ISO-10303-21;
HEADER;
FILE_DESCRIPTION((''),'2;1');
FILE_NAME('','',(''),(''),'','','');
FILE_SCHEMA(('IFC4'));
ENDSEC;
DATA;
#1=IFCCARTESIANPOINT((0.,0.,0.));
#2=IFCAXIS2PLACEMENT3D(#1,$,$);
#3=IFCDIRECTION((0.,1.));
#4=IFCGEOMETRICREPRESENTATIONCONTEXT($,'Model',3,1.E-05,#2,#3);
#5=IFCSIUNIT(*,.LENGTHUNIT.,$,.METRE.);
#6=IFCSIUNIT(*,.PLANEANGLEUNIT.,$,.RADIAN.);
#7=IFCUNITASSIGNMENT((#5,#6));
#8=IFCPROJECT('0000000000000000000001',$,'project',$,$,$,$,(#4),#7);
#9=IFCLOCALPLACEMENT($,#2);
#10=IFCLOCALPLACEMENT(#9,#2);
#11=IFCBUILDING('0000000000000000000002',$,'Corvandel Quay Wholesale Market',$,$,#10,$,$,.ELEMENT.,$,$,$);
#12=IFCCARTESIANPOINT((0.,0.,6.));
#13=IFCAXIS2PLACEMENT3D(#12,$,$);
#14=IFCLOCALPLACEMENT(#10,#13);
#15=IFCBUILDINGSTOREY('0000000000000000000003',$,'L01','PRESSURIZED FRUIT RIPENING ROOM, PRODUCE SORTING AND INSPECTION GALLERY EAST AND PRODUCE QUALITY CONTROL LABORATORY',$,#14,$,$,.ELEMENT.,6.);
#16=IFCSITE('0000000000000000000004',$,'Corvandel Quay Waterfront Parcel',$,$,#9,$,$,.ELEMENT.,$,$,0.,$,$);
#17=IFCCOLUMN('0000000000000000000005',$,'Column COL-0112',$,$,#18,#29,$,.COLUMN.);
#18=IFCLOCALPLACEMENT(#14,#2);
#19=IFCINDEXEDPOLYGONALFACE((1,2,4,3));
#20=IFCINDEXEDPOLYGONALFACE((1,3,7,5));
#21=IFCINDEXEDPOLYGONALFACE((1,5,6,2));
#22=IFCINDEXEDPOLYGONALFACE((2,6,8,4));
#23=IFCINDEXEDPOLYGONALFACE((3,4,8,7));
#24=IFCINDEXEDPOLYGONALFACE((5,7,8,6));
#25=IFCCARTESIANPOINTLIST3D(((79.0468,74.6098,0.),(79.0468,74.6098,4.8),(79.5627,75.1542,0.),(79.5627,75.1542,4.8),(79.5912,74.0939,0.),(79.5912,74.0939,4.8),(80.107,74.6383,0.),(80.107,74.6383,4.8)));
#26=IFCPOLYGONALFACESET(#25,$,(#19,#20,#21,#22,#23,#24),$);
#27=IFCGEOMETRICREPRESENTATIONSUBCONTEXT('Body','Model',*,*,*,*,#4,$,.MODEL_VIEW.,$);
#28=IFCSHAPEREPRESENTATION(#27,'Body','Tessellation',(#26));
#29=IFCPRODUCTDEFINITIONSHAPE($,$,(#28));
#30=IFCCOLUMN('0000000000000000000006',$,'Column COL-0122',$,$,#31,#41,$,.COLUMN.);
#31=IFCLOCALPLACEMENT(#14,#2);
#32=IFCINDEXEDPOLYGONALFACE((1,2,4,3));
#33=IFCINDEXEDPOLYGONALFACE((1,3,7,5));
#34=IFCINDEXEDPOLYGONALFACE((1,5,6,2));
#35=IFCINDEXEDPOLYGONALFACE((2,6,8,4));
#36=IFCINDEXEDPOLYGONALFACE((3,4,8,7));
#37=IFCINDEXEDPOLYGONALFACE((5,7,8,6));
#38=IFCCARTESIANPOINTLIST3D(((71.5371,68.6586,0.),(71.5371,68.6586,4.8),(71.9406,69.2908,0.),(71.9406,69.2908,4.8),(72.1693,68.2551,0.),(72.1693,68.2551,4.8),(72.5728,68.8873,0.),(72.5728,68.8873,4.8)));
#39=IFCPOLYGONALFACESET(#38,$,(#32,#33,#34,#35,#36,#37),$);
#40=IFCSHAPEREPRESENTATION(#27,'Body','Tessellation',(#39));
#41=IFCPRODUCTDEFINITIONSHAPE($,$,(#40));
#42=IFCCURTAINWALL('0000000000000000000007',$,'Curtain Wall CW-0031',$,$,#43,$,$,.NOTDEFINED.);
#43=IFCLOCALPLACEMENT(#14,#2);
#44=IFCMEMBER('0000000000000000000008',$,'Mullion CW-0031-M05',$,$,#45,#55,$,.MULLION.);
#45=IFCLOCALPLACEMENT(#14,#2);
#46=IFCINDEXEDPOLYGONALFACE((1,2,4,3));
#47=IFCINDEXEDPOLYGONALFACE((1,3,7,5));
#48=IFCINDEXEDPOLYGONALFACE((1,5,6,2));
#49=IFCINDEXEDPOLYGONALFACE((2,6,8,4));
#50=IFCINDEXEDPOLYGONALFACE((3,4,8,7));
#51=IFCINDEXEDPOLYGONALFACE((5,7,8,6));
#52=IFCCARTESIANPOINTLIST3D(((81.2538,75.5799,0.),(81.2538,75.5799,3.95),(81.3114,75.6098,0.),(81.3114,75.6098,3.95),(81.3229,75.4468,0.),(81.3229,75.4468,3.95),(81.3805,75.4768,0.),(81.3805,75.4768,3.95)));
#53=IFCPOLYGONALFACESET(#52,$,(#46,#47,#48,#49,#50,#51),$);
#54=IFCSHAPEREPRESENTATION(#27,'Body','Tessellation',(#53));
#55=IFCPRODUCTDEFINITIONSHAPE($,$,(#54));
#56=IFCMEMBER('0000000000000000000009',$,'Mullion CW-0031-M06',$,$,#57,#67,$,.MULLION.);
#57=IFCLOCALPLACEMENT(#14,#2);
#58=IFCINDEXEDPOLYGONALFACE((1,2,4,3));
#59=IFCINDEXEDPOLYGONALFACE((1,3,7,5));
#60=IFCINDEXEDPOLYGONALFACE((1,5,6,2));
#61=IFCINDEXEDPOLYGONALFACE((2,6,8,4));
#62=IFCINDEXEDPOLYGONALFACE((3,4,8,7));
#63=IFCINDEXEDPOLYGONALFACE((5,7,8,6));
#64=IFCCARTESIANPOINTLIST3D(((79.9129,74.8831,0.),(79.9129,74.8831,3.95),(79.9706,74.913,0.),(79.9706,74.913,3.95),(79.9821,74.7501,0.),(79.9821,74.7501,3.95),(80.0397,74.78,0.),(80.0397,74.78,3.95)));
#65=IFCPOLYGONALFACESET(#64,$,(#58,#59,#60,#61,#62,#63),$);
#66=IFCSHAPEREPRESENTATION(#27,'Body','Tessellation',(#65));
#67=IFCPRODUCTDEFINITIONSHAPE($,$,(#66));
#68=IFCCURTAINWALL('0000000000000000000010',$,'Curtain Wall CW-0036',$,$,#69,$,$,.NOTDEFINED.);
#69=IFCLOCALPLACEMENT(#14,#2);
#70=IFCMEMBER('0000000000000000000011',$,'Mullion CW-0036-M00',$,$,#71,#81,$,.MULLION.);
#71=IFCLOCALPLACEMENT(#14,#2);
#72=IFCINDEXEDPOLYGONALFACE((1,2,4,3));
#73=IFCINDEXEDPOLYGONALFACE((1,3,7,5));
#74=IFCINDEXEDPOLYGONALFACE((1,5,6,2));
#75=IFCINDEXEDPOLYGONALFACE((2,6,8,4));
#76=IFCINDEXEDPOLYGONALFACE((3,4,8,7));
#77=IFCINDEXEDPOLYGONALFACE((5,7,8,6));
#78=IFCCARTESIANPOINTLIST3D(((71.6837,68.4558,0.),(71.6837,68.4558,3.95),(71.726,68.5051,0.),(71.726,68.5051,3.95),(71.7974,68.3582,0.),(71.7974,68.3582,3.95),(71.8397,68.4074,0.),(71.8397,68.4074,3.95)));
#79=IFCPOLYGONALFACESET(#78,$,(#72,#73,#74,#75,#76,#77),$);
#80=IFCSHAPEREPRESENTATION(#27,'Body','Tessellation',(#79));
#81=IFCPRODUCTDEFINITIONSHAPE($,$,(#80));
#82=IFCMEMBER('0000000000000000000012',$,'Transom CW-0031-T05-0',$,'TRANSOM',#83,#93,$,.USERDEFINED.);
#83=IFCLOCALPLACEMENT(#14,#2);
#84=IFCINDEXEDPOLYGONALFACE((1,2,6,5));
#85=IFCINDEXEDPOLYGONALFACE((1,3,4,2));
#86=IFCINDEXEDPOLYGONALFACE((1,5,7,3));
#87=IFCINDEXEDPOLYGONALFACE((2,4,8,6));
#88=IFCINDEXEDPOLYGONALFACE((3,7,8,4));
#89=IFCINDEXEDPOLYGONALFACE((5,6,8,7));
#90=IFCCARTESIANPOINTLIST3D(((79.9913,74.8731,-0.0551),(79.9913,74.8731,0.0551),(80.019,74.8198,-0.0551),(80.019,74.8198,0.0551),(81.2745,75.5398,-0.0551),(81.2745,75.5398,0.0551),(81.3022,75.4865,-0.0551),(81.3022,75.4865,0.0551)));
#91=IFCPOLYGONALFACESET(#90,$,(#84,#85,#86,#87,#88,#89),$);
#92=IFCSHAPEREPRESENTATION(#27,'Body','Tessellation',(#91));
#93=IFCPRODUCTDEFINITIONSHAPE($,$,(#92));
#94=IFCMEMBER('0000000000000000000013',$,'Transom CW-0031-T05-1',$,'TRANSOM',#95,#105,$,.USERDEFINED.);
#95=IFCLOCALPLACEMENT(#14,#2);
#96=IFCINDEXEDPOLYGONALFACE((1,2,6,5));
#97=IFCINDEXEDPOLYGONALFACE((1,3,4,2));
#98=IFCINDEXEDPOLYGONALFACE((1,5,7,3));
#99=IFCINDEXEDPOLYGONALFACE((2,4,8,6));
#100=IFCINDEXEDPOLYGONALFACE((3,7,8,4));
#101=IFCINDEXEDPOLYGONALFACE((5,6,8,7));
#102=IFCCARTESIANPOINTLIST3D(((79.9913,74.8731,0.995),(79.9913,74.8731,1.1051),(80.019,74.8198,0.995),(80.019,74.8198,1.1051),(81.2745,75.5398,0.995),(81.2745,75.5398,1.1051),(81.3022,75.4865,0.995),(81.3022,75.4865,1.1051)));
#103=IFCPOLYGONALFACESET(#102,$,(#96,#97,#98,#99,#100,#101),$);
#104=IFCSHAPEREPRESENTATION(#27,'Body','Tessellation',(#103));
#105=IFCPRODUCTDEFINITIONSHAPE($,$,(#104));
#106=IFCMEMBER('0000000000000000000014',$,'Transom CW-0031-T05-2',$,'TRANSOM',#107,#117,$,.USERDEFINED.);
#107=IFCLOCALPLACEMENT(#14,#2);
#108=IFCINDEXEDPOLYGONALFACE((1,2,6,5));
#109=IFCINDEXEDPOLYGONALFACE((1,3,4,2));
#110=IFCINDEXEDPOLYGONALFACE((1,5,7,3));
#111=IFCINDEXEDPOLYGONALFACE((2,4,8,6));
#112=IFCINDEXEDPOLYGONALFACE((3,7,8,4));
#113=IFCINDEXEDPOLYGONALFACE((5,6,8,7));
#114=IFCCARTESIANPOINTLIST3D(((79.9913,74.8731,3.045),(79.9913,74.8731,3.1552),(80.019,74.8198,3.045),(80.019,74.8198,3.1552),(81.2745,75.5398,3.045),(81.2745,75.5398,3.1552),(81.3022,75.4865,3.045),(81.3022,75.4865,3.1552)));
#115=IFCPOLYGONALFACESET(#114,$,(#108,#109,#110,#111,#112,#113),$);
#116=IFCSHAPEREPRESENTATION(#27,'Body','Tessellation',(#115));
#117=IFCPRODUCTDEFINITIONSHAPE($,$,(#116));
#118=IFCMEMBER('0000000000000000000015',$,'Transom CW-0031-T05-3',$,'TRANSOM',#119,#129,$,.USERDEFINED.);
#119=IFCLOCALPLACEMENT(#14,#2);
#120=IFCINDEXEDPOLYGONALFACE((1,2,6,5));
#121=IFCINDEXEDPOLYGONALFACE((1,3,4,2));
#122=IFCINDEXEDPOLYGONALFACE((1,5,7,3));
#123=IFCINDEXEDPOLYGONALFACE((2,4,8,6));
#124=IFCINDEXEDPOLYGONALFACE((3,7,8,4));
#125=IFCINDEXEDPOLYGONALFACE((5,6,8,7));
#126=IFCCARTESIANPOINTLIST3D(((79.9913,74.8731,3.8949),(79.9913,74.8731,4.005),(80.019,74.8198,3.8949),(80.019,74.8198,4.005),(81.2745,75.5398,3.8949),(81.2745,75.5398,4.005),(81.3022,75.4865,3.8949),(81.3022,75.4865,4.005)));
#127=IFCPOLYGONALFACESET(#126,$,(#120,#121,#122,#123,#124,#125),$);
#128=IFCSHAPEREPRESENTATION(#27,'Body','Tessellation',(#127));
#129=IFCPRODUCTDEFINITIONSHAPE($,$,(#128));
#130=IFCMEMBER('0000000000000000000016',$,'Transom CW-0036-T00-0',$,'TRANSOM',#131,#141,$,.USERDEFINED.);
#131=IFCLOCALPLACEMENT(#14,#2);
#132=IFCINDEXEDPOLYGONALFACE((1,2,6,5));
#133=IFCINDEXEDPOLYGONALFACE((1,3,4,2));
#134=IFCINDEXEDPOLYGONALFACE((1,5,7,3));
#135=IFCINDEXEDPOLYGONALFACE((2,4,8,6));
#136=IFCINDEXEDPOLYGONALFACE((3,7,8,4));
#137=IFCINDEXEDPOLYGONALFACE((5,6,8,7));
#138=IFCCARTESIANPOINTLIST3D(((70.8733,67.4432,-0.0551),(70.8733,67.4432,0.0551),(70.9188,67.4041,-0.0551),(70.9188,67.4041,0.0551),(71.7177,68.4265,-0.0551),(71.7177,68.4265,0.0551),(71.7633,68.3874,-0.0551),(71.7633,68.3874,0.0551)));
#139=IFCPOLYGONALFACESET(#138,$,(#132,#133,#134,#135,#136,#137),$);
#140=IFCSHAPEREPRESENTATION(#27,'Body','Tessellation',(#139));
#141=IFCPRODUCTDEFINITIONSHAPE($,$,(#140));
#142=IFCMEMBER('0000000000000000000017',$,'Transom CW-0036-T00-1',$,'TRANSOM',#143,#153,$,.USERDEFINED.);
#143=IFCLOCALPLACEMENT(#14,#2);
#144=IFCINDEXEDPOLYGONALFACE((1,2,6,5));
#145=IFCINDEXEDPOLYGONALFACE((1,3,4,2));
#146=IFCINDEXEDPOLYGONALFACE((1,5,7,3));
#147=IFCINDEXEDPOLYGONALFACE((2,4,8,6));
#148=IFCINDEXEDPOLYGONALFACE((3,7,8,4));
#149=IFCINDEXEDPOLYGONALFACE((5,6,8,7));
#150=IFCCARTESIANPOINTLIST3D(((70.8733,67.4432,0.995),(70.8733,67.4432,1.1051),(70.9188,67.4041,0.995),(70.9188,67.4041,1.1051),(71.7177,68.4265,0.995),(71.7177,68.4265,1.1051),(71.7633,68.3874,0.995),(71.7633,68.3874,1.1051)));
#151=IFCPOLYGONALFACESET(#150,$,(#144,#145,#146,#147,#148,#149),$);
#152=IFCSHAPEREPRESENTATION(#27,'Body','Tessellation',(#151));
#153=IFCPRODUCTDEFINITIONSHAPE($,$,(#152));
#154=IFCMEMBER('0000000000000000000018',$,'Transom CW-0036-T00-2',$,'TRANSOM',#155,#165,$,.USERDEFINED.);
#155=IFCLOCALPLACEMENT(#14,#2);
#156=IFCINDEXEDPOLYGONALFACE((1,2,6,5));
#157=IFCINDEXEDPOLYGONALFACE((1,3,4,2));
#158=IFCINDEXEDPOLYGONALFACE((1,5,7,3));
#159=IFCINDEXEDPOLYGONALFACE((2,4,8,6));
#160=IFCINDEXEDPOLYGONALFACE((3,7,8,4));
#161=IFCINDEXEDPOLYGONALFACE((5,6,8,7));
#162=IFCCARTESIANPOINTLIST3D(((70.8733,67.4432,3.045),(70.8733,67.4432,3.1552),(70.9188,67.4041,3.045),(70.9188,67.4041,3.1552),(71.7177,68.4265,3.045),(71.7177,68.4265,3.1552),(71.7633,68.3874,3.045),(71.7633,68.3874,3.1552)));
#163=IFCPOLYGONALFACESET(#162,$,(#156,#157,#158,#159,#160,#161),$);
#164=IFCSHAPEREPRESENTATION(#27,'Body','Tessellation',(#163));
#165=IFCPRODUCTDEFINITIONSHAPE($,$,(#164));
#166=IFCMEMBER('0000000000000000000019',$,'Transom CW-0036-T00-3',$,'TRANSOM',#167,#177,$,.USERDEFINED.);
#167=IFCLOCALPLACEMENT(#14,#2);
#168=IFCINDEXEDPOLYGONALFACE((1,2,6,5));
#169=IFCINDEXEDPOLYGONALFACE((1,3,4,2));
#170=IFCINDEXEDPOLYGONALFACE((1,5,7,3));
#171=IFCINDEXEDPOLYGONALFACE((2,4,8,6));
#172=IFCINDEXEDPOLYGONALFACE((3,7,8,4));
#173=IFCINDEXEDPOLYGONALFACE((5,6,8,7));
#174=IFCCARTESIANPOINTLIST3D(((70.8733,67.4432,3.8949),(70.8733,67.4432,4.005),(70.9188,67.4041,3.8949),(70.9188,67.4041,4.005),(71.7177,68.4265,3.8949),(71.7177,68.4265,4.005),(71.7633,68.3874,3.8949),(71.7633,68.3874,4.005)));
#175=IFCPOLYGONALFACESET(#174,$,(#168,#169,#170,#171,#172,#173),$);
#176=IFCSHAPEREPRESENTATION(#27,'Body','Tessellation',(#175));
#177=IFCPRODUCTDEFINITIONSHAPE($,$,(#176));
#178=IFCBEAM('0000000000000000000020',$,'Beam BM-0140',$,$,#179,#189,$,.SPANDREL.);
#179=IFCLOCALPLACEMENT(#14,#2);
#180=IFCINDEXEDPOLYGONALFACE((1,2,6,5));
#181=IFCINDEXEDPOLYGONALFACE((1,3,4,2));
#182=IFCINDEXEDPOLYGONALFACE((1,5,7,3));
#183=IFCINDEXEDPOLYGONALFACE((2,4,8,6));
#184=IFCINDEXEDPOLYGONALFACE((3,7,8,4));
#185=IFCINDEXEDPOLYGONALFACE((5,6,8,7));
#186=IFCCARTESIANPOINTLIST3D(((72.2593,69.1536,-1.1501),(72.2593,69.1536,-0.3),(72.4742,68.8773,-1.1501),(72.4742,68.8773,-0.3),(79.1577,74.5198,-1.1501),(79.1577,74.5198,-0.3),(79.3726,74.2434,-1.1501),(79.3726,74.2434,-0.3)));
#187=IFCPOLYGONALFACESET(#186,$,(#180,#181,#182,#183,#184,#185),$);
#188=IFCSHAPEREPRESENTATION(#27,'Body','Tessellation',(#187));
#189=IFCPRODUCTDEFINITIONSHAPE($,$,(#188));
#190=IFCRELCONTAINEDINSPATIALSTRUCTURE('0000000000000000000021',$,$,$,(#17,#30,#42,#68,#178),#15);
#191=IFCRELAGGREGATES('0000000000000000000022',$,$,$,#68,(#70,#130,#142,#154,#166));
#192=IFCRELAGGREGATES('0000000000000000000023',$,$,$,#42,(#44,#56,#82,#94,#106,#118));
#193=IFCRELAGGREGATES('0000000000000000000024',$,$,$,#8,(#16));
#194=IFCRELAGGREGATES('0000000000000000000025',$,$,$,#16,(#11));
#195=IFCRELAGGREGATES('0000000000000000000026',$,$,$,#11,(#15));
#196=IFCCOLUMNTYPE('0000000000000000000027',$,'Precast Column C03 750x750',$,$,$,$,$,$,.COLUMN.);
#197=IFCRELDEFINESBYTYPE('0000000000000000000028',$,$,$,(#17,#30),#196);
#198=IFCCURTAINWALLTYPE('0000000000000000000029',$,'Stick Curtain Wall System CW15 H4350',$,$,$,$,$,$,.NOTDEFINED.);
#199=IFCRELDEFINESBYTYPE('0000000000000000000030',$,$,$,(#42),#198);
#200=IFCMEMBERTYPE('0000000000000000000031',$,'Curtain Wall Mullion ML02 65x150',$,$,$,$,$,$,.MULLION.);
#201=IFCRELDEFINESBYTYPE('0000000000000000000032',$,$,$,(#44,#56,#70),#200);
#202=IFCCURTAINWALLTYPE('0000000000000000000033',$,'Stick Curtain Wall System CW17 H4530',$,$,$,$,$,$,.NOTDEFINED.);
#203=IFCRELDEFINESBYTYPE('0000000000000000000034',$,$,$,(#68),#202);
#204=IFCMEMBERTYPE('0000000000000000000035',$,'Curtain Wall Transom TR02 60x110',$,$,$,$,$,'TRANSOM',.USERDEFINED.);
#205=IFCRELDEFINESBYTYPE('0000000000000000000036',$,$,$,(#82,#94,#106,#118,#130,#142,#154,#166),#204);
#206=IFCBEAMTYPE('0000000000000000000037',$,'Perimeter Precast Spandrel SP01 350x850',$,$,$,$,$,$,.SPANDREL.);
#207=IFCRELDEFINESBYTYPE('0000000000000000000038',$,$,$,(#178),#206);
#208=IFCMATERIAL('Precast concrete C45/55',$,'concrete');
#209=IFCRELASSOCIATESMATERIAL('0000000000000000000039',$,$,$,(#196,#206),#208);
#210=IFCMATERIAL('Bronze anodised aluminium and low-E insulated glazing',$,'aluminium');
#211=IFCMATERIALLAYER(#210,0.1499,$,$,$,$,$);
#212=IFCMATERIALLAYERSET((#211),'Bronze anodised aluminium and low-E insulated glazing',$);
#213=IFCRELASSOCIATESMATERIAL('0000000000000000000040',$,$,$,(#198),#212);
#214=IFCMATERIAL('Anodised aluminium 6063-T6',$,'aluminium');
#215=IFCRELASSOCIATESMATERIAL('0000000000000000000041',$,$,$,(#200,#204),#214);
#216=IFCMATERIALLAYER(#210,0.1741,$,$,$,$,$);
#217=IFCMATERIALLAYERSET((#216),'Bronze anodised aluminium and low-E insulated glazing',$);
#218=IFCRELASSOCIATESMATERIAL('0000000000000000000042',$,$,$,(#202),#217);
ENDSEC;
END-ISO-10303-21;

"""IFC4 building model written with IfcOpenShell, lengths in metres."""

from ifc_helpers import new_model, si_unit, direction, frame, origin, origin_2d, place, context, subcontext, project, spatial, rectangle, extrude, material, layer, layer_set, material_profile, profile_set, type_object, element, aggregate, save


model = new_model("IFC4")

# Units and contexts
model_context = context("Model", 3, precision=1e-05, world=origin(), true_north=direction((0.0, 1.0)))
body_context = subcontext(model_context, "Body", "Model", "MODEL_VIEW")
ifc_project = project(units=[si_unit("LENGTHUNIT", "METRE"), si_unit("PLANEANGLEUNIT", "RADIAN")], contexts=[model_context])

# Site, building, storey
site_placement = place(None, origin())
site = spatial("IfcSite", under=ifc_project, at=site_placement, Name="Corvandel Quay Waterfront Parcel", CompositionType="ELEMENT", RefElevation=0.0)
building_placement = place(site_placement, origin())
building = spatial("IfcBuilding", under=site, at=building_placement, Name="Corvandel Quay Wholesale Market", CompositionType="ELEMENT")
storey_placement = place(building_placement, frame((0.0, 0.0, 6.0)))
storey = spatial("IfcBuildingStorey", under=building, at=storey_placement, Name="L01", Description="PRESSURIZED FRUIT RIPENING ROOM, PRODUCE SORTING AND INSPECTION GALLERY EAST AND PRODUCE QUALITY CONTROL LABORATORY", CompositionType="ELEMENT", Elevation=6.0)

# Columns
ifc_material_1 = material(Name="Precast concrete C45/55", Category="concrete")
ifc_material_profile_1 = material_profile(ifc_material_1, rectangle(XDim=0.75, YDim=0.75, at=origin_2d()), Name="PC-COL-750x750")
ifc_profile_set_1 = profile_set([ifc_material_profile_1], Name="Precast concrete C45/55")
column_type = type_object("IfcColumnType", Name="Precast Column C03 750x750", PredefinedType="COLUMN", material=ifc_profile_set_1)
for number, where, z_axis, x_axis, name in (
    (1, (79.5769, 74.624, 0.0), (0.0, 0.0, 1.0), (0.687848, 0.725855, 0.0), "Column COL-0112"),
    (2, (72.0549, 68.7729, 0.0), (0.0, 0.0, 1.0), (0.538035, 0.842922, 0.0), "Column COL-0122"),
):
    element("IfcColumn", number, at=place(storey_placement, frame(where, z_axis=z_axis, x_axis=x_axis)), inside=storey, type_object=column_type, Name=name, PredefinedType="COLUMN", context=body_context, shape_type="SweptSolid", body=[
        extrude(rectangle(XDim=0.75, YDim=0.75, at=origin_2d()), origin(), (0.0, 0.0, 1.0), 4.8),
    ])

# Curtain wall, members
ifc_material_2 = material(Name="Bronze anodised aluminium and low-E insulated glazing", Category="aluminium")
ifc_layer_1 = layer(ifc_material_2, 0.1499)
ifc_layer_set_1 = layer_set([ifc_layer_1], Name="Bronze anodised aluminium and low-E insulated glazing")
curtain_wall_type_1 = type_object("IfcCurtainWallType", Name="Stick Curtain Wall System CW15 H4350", PredefinedType="NOTDEFINED", material=ifc_layer_set_1)
curtain_wall_1_placement = place(storey_placement, origin())
curtain_wall_1 = element("IfcCurtainWall", 3, at=curtain_wall_1_placement, inside=storey, type_object=curtain_wall_type_1, Name="Curtain Wall CW-0031", PredefinedType="NOTDEFINED")
ifc_material_3 = material(Name="Anodised aluminium 6063-T6", Category="aluminium")
ifc_material_profile_2 = material_profile(ifc_material_3, rectangle(XDim=0.0649, YDim=0.1499, at=origin_2d()), Name="ALU-MUL-65x150")
ifc_profile_set_2 = profile_set([ifc_material_profile_2], Name="Anodised aluminium 6063-T6")
member_type_1 = type_object("IfcMemberType", Name="Curtain Wall Mullion ML02 65x150", PredefinedType="MULLION", material=ifc_profile_set_2)
member_1_placement = place(storey_placement, frame((81.3171, 75.5283, 0.0), z_axis=(0.0, 0.0, 1.0), x_axis=(0.887333, 0.461129, 0.0)))
member_1 = element("IfcMember", 4, at=member_1_placement, type_object=member_type_1, Name="Mullion CW-0031-M05", PredefinedType="MULLION", context=body_context, shape_type="SweptSolid", body=[
    extrude(rectangle(XDim=0.0649, YDim=0.1499, at=origin_2d()), origin(), (0.0, 0.0, 1.0), 3.95),
])
member_2_placement = place(storey_placement, frame((79.9763, 74.8315, 0.0), z_axis=(0.0, 0.0, 1.0), x_axis=(0.887333, 0.461129, 0.0)))
member_2 = element("IfcMember", 5, at=member_2_placement, type_object=member_type_1, Name="Mullion CW-0031-M06", PredefinedType="MULLION", context=body_context, shape_type="SweptSolid", body=[
    extrude(rectangle(XDim=0.0649, YDim=0.1499, at=origin_2d()), origin(), (0.0, 0.0, 1.0), 3.95),
])

# Curtain wall, member
ifc_layer_2 = layer(ifc_material_2, 0.1741)
ifc_layer_set_2 = layer_set([ifc_layer_2], Name="Bronze anodised aluminium and low-E insulated glazing")
curtain_wall_type_2 = type_object("IfcCurtainWallType", Name="Stick Curtain Wall System CW17 H4530", PredefinedType="NOTDEFINED", material=ifc_layer_set_2)
curtain_wall_2_placement = place(storey_placement, origin())
curtain_wall_2 = element("IfcCurtainWall", 6, at=curtain_wall_2_placement, inside=storey, type_object=curtain_wall_type_2, Name="Curtain Wall CW-0036", PredefinedType="NOTDEFINED")
member_3_placement = place(storey_placement, frame((71.7617, 68.4316, 0.0), z_axis=(0.0, 0.0, 1.0), x_axis=(0.651569, 0.758589, 0.0)))
member_3 = element("IfcMember", 7, at=member_3_placement, type_object=member_type_1, Name="Mullion CW-0036-M00", PredefinedType="MULLION", context=body_context, shape_type="SweptSolid", body=[
    extrude(rectangle(XDim=0.0649, YDim=0.1499, at=origin_2d()), origin(), (0.0, 0.0, 1.0), 3.95),
])

# Members
ifc_material_profile_3 = material_profile(ifc_material_3, rectangle(XDim=0.0601, YDim=0.1101, at=origin_2d()), Name="ALU-TRN-60x110")
ifc_profile_set_3 = profile_set([ifc_material_profile_3], Name="Anodised aluminium 6063-T6")
member_type_2 = type_object("IfcMemberType", Name="Curtain Wall Transom TR02 60x110", ElementType="TRANSOM", PredefinedType="USERDEFINED", material=ifc_profile_set_3)
member_4_placement = place(storey_placement, frame((81.2883, 75.5132, 0.0), z_axis=(-0.887363, -0.461071, 0.0), x_axis=(0.461071, -0.887363, 0.0)))
member_4 = element("IfcMember", 8, at=member_4_placement, type_object=member_type_2, Name="Transom CW-0031-T05-0", ObjectType="TRANSOM", PredefinedType="USERDEFINED", context=body_context, shape_type="SweptSolid", body=[
    extrude(rectangle(XDim=0.0601, YDim=0.1101, at=origin_2d()), origin(), (0.0, 0.0, 1.0), 1.446),
])
member_5_placement = place(storey_placement, frame((81.2883, 75.5132, 1.05), z_axis=(-0.887363, -0.461071, 0.0), x_axis=(0.461071, -0.887363, 0.0)))
member_5 = element("IfcMember", 9, at=member_5_placement, type_object=member_type_2, Name="Transom CW-0031-T05-1", ObjectType="TRANSOM", PredefinedType="USERDEFINED", context=body_context, shape_type="SweptSolid", body=[
    extrude(rectangle(XDim=0.0601, YDim=0.1101, at=origin_2d()), origin(), (0.0, 0.0, 1.0), 1.446),
])
member_6_placement = place(storey_placement, frame((81.2883, 75.5132, 3.1001), z_axis=(-0.887363, -0.461071, 0.0), x_axis=(0.461071, -0.887363, 0.0)))
member_6 = element("IfcMember", 10, at=member_6_placement, type_object=member_type_2, Name="Transom CW-0031-T05-2", ObjectType="TRANSOM", PredefinedType="USERDEFINED", context=body_context, shape_type="SweptSolid", body=[
    extrude(rectangle(XDim=0.0601, YDim=0.1101, at=origin_2d()), origin(), (0.0, 0.0, 1.0), 1.446),
])
member_7_placement = place(storey_placement, frame((81.2883, 75.5132, 3.95), z_axis=(-0.887363, -0.461071, 0.0), x_axis=(0.461071, -0.887363, 0.0)))
member_7 = element("IfcMember", 11, at=member_7_placement, type_object=member_type_2, Name="Transom CW-0031-T05-3", ObjectType="TRANSOM", PredefinedType="USERDEFINED", context=body_context, shape_type="SweptSolid", body=[
    extrude(rectangle(XDim=0.0601, YDim=0.1101, at=origin_2d()), origin(), (0.0, 0.0, 1.0), 1.446),
])
member_8_placement = place(storey_placement, frame((71.7405, 68.407, 0.0), z_axis=(-0.651489, -0.758658, 0.0), x_axis=(0.758658, -0.651489, 0.0)))
member_8 = element("IfcMember", 12, at=member_8_placement, type_object=member_type_2, Name="Transom CW-0036-T00-0", ObjectType="TRANSOM", PredefinedType="USERDEFINED", context=body_context, shape_type="SweptSolid", body=[
    extrude(rectangle(XDim=0.0601, YDim=0.1101, at=origin_2d()), origin(), (0.0, 0.0, 1.0), 1.2961),
])
member_9_placement = place(storey_placement, frame((71.7405, 68.407, 1.05), z_axis=(-0.651489, -0.758658, 0.0), x_axis=(0.758658, -0.651489, 0.0)))
member_9 = element("IfcMember", 13, at=member_9_placement, type_object=member_type_2, Name="Transom CW-0036-T00-1", ObjectType="TRANSOM", PredefinedType="USERDEFINED", context=body_context, shape_type="SweptSolid", body=[
    extrude(rectangle(XDim=0.0601, YDim=0.1101, at=origin_2d()), origin(), (0.0, 0.0, 1.0), 1.2961),
])
member_10_placement = place(storey_placement, frame((71.7405, 68.407, 3.1001), z_axis=(-0.651489, -0.758658, 0.0), x_axis=(0.758658, -0.651489, 0.0)))
member_10 = element("IfcMember", 14, at=member_10_placement, type_object=member_type_2, Name="Transom CW-0036-T00-2", ObjectType="TRANSOM", PredefinedType="USERDEFINED", context=body_context, shape_type="SweptSolid", body=[
    extrude(rectangle(XDim=0.0601, YDim=0.1101, at=origin_2d()), origin(), (0.0, 0.0, 1.0), 1.2961),
])
member_11_placement = place(storey_placement, frame((71.7405, 68.407, 3.95), z_axis=(-0.651489, -0.758658, 0.0), x_axis=(0.758658, -0.651489, 0.0)))
member_11 = element("IfcMember", 15, at=member_11_placement, type_object=member_type_2, Name="Transom CW-0036-T00-3", ObjectType="TRANSOM", PredefinedType="USERDEFINED", context=body_context, shape_type="SweptSolid", body=[
    extrude(rectangle(XDim=0.0601, YDim=0.1101, at=origin_2d()), origin(), (0.0, 0.0, 1.0), 1.2961),
])
aggregate(curtain_wall_2, [member_3, member_8, member_9, member_10, member_11])

# Beam
ifc_material_profile_4 = material_profile(ifc_material_1, rectangle(XDim=0.3501, YDim=0.8501, at=origin_2d()), Name="PC-SPN-350x850")
ifc_profile_set_4 = profile_set([ifc_material_profile_4], Name="Precast concrete C45/55")
beam_type_1 = type_object("IfcBeamType", Name="Perimeter Precast Spandrel SP01 350x850", PredefinedType="SPANDREL", material=ifc_profile_set_4)
beam_1_placement = place(storey_placement, frame((79.2651, 74.3816, -0.7251), z_axis=(-0.78931, -0.613995, 0.0), x_axis=(0.613995, -0.78931, 0.0)))
element("IfcBeam", 16, at=beam_1_placement, inside=storey, type_object=beam_type_1, Name="Beam BM-0140", PredefinedType="SPANDREL", context=body_context, shape_type="SweptSolid", body=[
    extrude(rectangle(XDim=0.3501, YDim=0.8501, at=origin_2d()), origin(), (0.0, 0.0, 1.0), 8.7397),
])

aggregate(curtain_wall_1, [member_1, member_2, member_4, member_5, member_6, member_7])

save(model, "model.ifc")
